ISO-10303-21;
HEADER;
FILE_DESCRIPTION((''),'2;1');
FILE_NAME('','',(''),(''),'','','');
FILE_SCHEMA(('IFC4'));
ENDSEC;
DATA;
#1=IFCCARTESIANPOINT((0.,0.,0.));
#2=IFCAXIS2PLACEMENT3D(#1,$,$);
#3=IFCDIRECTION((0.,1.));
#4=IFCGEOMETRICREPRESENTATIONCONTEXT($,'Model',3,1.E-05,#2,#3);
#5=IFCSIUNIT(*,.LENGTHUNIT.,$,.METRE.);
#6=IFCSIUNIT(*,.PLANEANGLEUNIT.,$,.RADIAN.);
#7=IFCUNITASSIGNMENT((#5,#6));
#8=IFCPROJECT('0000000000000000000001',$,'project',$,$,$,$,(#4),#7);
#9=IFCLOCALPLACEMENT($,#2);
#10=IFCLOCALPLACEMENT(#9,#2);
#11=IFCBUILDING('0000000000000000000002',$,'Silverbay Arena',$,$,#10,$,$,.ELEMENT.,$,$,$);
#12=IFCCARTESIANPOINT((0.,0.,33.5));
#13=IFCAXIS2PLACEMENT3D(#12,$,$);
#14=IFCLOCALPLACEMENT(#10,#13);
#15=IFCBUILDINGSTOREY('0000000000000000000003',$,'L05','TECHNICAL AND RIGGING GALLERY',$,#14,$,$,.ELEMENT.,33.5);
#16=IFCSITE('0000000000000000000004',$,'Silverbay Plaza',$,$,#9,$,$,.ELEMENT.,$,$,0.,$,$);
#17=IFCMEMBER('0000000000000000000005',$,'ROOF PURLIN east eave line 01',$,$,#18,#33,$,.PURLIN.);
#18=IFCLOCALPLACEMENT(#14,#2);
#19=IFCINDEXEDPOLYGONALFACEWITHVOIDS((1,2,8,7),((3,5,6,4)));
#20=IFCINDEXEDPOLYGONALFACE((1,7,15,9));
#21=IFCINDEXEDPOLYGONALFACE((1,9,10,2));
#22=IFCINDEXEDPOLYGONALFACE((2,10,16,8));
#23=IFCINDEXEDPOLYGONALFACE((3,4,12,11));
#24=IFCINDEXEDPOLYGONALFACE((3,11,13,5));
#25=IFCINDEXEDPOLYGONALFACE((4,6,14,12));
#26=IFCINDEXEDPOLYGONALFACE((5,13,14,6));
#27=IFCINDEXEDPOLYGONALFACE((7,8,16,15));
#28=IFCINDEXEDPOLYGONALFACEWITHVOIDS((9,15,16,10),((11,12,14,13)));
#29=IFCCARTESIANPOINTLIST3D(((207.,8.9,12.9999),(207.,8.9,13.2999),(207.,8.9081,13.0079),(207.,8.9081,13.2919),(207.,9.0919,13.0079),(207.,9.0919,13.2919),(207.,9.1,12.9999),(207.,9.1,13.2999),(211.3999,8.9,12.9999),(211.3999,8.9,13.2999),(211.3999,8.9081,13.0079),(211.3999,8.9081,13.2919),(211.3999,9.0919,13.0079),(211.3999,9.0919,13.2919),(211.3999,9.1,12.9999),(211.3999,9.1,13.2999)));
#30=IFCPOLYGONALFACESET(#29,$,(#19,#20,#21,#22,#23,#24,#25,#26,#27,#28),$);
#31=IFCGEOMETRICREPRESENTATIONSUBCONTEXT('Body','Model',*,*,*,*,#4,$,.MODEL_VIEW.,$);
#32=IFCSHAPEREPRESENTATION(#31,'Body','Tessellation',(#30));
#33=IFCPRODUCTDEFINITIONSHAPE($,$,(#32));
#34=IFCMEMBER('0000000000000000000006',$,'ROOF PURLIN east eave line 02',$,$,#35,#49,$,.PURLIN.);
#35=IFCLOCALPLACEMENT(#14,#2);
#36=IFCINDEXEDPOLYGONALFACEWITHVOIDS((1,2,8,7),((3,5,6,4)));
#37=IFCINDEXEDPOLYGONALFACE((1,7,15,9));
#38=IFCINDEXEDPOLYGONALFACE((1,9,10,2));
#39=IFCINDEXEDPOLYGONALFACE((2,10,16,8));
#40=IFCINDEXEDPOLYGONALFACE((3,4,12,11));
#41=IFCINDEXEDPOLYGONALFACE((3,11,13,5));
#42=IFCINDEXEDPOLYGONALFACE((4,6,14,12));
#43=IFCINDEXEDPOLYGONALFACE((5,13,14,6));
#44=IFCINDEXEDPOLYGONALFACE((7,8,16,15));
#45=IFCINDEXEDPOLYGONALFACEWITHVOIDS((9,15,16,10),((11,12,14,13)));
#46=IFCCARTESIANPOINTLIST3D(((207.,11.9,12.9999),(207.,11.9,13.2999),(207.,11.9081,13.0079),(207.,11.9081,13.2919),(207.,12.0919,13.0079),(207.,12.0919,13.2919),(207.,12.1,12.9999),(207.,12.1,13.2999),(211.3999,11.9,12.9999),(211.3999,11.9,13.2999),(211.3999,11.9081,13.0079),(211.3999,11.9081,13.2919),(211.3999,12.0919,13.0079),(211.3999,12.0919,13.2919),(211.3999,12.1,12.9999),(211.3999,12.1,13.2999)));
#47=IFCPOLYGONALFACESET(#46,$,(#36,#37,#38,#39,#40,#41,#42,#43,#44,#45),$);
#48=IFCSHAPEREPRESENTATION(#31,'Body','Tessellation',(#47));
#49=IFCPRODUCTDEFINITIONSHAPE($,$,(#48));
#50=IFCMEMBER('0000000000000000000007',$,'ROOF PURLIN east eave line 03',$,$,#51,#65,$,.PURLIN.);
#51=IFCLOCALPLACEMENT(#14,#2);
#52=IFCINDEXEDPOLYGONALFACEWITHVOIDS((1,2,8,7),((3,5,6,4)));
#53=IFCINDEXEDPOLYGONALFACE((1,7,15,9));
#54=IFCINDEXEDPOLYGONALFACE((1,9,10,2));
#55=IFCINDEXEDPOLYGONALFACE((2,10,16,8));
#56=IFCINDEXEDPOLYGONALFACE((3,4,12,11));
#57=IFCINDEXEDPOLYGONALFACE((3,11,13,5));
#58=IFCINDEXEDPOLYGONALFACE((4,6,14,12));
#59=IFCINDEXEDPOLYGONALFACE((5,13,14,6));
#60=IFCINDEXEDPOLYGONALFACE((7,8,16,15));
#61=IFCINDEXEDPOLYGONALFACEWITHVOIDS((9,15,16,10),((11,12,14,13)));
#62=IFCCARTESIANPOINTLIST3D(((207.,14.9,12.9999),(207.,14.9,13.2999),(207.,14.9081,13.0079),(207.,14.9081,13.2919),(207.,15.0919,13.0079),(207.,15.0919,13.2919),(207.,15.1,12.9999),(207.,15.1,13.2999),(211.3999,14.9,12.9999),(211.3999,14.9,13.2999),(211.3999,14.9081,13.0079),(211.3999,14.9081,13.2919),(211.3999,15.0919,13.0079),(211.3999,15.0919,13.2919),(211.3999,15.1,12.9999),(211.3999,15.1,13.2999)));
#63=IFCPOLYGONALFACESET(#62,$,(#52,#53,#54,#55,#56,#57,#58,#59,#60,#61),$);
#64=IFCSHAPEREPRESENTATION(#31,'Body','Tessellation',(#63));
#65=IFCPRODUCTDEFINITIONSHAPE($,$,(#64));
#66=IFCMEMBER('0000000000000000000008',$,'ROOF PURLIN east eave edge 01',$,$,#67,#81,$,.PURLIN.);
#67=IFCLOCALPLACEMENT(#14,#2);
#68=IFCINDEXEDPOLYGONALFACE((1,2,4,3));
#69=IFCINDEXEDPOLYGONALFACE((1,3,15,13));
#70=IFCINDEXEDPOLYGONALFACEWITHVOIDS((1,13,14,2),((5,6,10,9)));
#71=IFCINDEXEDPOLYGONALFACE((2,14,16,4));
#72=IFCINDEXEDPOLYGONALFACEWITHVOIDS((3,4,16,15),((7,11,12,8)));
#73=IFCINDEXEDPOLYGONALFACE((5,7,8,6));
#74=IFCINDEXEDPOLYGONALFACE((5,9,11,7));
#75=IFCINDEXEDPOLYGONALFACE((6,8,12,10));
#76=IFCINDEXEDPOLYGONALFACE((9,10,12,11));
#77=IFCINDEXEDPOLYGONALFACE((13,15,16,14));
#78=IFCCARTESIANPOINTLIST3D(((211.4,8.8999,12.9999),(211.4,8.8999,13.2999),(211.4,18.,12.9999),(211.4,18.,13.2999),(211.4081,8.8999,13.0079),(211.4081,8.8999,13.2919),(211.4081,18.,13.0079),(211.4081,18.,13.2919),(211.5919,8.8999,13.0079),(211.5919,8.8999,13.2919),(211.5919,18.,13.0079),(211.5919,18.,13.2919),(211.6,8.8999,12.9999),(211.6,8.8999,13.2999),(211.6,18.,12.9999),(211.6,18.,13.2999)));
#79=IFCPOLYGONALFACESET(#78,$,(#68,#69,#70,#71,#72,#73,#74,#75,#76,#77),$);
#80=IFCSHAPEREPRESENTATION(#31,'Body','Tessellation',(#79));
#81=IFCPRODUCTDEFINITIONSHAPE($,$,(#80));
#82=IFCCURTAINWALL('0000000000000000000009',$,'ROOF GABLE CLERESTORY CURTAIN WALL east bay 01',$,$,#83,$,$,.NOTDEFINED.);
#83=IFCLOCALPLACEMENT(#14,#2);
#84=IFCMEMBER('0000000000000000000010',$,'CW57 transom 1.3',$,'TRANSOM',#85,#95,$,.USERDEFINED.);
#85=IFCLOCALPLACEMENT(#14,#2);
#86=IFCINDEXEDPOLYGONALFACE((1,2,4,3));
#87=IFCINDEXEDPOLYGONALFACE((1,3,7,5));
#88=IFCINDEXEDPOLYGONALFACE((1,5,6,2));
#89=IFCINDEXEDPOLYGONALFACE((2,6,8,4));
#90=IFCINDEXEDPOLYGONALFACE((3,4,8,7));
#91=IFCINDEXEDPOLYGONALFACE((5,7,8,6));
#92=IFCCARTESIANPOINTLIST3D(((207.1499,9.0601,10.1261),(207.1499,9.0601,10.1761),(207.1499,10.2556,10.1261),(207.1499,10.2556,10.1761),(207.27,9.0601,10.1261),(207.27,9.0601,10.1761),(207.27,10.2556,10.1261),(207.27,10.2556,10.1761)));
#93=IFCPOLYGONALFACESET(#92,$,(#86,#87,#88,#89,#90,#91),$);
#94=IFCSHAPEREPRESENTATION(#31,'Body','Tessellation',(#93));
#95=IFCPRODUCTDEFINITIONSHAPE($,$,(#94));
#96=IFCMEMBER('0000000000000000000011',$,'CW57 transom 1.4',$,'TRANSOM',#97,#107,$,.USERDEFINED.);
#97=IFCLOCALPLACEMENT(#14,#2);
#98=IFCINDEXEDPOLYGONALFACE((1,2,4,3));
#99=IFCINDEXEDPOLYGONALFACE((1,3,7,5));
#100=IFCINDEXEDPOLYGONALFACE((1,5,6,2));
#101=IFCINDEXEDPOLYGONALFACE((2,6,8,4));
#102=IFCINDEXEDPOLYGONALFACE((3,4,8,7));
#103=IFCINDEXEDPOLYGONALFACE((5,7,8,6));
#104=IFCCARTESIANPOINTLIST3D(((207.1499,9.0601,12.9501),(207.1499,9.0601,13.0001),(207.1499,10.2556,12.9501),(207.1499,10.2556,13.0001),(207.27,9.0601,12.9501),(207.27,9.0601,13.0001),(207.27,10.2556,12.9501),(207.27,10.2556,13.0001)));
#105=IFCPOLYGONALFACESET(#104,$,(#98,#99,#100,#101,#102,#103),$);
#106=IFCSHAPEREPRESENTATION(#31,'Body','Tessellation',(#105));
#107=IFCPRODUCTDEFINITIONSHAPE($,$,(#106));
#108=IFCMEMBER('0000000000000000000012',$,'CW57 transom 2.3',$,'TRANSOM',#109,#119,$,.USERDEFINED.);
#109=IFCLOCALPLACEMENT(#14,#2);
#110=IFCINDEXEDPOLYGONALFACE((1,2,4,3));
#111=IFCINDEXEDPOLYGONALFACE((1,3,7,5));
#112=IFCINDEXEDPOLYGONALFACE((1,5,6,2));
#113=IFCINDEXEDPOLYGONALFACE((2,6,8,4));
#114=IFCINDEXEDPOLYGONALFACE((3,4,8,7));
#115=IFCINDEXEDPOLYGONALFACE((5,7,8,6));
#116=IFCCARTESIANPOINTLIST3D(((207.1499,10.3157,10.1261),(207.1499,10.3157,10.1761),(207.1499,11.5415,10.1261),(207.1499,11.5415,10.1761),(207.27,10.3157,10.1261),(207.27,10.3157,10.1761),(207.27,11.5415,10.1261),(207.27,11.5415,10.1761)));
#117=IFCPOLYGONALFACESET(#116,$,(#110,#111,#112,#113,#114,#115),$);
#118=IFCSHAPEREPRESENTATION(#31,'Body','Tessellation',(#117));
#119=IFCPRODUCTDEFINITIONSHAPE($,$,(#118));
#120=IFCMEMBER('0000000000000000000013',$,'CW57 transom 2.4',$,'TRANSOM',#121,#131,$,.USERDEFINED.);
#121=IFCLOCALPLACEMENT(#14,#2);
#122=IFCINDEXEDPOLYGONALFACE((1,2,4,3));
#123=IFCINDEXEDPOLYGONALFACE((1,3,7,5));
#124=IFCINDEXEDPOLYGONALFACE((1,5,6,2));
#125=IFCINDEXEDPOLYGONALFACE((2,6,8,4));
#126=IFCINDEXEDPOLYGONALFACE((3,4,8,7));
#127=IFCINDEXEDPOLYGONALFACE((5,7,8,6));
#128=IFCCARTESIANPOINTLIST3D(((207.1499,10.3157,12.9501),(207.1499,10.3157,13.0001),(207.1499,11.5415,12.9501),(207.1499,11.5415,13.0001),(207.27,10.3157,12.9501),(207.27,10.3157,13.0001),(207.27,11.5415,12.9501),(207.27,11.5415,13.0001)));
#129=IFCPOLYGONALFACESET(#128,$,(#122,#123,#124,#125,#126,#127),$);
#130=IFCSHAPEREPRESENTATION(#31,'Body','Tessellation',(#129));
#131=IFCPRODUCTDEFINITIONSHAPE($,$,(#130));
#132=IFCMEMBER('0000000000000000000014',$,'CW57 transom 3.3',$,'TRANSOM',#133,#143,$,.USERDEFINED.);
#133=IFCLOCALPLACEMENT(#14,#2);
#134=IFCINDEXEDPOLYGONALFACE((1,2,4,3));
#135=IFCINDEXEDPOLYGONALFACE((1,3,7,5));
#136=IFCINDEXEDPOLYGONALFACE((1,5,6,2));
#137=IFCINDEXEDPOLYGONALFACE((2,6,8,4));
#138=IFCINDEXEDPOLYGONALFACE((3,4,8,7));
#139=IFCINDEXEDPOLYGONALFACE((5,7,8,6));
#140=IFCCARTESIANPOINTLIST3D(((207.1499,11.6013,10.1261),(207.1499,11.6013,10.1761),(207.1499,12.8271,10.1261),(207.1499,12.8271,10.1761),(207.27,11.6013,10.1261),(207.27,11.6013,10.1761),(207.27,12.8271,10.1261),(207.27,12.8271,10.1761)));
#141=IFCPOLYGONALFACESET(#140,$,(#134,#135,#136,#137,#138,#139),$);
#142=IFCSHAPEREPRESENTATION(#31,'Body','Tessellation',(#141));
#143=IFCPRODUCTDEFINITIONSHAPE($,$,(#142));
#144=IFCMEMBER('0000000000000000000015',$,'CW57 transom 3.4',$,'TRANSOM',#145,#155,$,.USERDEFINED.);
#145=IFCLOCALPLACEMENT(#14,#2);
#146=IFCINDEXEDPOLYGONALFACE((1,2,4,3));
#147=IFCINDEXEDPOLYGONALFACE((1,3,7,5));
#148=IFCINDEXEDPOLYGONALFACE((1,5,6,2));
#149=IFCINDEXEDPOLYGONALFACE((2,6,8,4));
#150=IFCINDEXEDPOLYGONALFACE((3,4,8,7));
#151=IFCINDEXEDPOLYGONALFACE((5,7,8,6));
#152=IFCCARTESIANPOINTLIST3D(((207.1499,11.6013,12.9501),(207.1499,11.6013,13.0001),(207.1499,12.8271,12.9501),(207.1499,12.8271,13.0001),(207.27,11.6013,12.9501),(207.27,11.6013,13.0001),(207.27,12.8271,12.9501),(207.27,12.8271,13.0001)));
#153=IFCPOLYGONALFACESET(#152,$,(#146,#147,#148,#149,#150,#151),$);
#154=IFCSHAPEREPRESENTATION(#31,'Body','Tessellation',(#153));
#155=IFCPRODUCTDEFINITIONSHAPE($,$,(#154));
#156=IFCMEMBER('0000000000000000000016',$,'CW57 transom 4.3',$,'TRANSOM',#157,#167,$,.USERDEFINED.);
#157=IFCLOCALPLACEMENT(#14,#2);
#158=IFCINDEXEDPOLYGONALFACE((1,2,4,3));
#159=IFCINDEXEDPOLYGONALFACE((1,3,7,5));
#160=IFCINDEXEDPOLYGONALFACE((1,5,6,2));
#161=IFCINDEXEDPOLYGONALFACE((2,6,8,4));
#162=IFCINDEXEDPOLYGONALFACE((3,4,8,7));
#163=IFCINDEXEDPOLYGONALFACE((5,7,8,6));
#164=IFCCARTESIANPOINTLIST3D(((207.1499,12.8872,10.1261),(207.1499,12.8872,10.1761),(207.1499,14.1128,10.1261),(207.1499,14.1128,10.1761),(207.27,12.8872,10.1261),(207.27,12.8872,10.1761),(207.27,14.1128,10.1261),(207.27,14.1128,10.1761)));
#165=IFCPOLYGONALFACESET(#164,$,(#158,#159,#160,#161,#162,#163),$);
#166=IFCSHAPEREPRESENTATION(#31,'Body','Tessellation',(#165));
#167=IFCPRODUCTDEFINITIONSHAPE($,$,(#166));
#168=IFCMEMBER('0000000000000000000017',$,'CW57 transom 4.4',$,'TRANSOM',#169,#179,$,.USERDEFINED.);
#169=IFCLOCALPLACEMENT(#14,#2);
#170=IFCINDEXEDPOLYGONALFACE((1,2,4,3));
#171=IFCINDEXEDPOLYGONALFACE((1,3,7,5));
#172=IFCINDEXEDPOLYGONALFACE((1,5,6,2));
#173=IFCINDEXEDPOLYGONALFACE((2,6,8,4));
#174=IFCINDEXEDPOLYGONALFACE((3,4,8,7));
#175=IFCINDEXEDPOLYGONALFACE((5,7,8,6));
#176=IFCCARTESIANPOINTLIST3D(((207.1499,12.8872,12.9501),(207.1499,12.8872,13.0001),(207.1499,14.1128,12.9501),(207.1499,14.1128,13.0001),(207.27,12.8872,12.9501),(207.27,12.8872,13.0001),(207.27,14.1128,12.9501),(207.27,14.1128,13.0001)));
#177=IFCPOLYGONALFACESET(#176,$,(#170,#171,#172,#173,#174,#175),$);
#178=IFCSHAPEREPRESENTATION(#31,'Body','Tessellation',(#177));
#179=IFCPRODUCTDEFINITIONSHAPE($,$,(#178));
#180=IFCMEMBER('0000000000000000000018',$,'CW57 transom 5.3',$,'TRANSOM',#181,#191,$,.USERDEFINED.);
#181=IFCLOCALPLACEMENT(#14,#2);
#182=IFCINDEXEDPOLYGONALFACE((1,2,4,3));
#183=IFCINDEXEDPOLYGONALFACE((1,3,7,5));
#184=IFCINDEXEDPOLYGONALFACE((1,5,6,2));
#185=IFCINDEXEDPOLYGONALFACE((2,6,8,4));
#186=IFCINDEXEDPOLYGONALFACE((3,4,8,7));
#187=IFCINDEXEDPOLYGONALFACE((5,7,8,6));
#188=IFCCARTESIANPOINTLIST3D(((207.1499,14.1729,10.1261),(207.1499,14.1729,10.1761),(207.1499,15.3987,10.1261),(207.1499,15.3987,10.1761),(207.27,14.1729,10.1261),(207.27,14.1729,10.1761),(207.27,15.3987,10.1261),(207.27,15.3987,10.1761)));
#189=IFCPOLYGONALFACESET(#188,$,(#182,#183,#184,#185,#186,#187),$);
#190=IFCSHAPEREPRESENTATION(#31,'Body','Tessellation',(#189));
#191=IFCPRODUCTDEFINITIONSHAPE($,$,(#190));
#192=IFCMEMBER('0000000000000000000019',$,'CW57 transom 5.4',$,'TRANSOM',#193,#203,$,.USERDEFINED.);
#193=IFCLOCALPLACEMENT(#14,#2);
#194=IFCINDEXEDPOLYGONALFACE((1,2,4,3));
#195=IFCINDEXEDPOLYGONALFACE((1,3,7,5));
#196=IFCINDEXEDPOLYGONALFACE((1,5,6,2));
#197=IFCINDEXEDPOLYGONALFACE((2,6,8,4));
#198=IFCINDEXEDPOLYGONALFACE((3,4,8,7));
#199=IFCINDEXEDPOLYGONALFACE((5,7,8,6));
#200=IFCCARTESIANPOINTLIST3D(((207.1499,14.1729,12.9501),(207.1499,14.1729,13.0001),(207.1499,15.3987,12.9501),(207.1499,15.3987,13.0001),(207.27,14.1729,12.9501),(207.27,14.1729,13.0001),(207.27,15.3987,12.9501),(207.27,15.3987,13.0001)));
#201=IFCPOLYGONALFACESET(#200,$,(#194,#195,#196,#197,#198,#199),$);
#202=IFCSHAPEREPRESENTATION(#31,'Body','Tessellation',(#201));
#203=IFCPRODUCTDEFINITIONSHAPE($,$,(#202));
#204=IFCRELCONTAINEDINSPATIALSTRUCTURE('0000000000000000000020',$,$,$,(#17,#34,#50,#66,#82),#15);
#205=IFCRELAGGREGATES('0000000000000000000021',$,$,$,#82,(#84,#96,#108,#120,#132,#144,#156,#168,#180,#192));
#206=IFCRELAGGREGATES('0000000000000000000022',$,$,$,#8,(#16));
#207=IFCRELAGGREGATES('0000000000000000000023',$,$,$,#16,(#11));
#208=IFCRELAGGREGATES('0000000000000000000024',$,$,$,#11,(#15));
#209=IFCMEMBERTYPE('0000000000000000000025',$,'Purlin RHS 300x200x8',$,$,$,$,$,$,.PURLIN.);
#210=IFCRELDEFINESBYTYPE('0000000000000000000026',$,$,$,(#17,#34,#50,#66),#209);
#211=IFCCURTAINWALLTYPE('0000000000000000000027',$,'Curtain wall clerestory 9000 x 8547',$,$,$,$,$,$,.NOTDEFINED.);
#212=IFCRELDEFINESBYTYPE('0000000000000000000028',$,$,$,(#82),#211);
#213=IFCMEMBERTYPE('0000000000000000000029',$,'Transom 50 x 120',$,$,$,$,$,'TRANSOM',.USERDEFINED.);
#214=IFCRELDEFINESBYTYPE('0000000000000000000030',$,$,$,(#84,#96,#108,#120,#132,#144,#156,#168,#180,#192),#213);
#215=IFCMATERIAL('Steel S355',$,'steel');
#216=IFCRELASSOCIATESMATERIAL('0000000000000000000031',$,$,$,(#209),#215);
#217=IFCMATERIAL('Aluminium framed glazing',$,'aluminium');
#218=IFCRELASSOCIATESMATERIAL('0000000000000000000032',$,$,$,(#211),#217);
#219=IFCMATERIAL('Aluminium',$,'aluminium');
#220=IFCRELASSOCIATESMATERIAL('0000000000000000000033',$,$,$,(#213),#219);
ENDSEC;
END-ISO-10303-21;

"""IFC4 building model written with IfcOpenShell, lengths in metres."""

from ifc_helpers import new_model, si_unit, direction, frame, origin, origin_2d, place, context, subcontext, project, spatial, rectangle, hollow_rectangle, extrude, material, material_profile, profile_set, type_object, element, aggregate, save


model = new_model("IFC4")

# Units and contexts
model_context = context("Model", 3, precision=1e-05, world=origin(), true_north=direction((0.0, 1.0)))
body_context = subcontext(model_context, "Body", "Model", "MODEL_VIEW")
ifc_project = project(units=[si_unit("LENGTHUNIT", "METRE"), si_unit("PLANEANGLEUNIT", "RADIAN")], contexts=[model_context])

# Site, building, storey
site_placement = place(None, origin())
site = spatial("IfcSite", under=ifc_project, at=site_placement, Name="Silverbay Plaza", CompositionType="ELEMENT", RefElevation=0.0)
building_placement = place(site_placement, origin())
building = spatial("IfcBuilding", under=site, at=building_placement, Name="Silverbay Arena", CompositionType="ELEMENT")
storey_placement = place(building_placement, frame((0.0, 0.0, 33.5)))
storey = spatial("IfcBuildingStorey", under=building, at=storey_placement, Name="L05", Description="TECHNICAL AND RIGGING GALLERY", CompositionType="ELEMENT", Elevation=33.5)

# Members
ifc_material_1 = material(Name="Steel S355", Category="steel")
ifc_material_profile_1 = material_profile(ifc_material_1, hollow_rectangle(XDim=0.2, YDim=0.3, WallThickness=0.0081, at=origin_2d()), Name="RHS 300x200x8")
ifc_profile_set_1 = profile_set([ifc_material_profile_1], Name="Steel S355")
member_type_1 = type_object("IfcMemberType", Name="Purlin RHS 300x200x8", PredefinedType="PURLIN", material=ifc_profile_set_1)
for number, where, z_axis, x_axis, name in (
    (1, (211.3999, 9.0, 13.1499), (-1.0, 0.0, 0.0), (0.0, -1.0, 0.0), "ROOF PURLIN east eave line 01"),
    (2, (211.3999, 12.0, 13.1499), (-1.0, 0.0, 0.0), (0.0, -1.0, 0.0), "ROOF PURLIN east eave line 02"),
    (3, (211.3999, 15.0, 13.1499), (-1.0, 0.0, 0.0), (0.0, -1.0, 0.0), "ROOF PURLIN east eave line 03"),
):
    element("IfcMember", number, at=place(storey_placement, frame(where, z_axis=z_axis, x_axis=x_axis)), inside=storey, type_object=member_type_1, Name=name, PredefinedType="PURLIN", context=body_context, shape_type="SweptSolid", body=[
        extrude(hollow_rectangle(XDim=0.2, YDim=0.3, WallThickness=0.0081, at=origin_2d()), origin(), (0.0, 0.0, 1.0), 4.3999),
    ])
member_1_placement = place(storey_placement, frame((211.5, 8.8999, 13.1499), z_axis=(0.0, 1.0, 0.0), x_axis=(-1.0, 0.0, 0.0)))
element("IfcMember", 4, at=member_1_placement, inside=storey, type_object=member_type_1, Name="ROOF PURLIN east eave edge 01", PredefinedType="PURLIN", context=body_context, shape_type="SweptSolid", body=[
    extrude(hollow_rectangle(XDim=0.2, YDim=0.3, WallThickness=0.0081, at=origin_2d()), origin(), (0.0, 0.0, 1.0), 9.1001),
])

# Curtain wall, members
ifc_material_2 = material(Name="Aluminium framed glazing", Category="aluminium")
curtain_wall_type = type_object("IfcCurtainWallType", Name="Curtain wall clerestory 9000 x 8547", PredefinedType="NOTDEFINED", material=ifc_material_2)
curtain_wall_placement = place(storey_placement, origin())
curtain_wall = element("IfcCurtainWall", 5, at=curtain_wall_placement, inside=storey, type_object=curtain_wall_type, Name="ROOF GABLE CLERESTORY CURTAIN WALL east bay 01", PredefinedType="NOTDEFINED")
ifc_material_3 = material(Name="Aluminium", Category="aluminium")
ifc_material_profile_2 = material_profile(ifc_material_3, rectangle(XDim=0.1201, YDim=0.05, at=origin_2d()), Name="Transom 50 x 120")
ifc_profile_set_2 = profile_set([ifc_material_profile_2], Name="Aluminium")
member_type_2 = type_object("IfcMemberType", Name="Transom 50 x 120", ElementType="TRANSOM", PredefinedType="USERDEFINED", material=ifc_profile_set_2)
member_2_placement = place(storey_placement, frame((207.21, 9.0601, 10.1511), z_axis=(0.0, 1.0, 0.0), x_axis=(-1.0, 0.0, 0.0)))
member_2 = element("IfcMember", 6, at=member_2_placement, type_object=member_type_2, Name="CW57 transom 1.3", ObjectType="TRANSOM", PredefinedType="USERDEFINED", context=body_context, shape_type="SweptSolid", body=[
    extrude(rectangle(XDim=0.1201, YDim=0.05, at=origin_2d()), origin(), (0.0, 0.0, 1.0), 1.1956),
])
member_3_placement = place(storey_placement, frame((207.21, 9.0601, 12.9751), z_axis=(0.0, 1.0, 0.0), x_axis=(-1.0, 0.0, 0.0)))
member_3 = element("IfcMember", 7, at=member_3_placement, type_object=member_type_2, Name="CW57 transom 1.4", ObjectType="TRANSOM", PredefinedType="USERDEFINED", context=body_context, shape_type="SweptSolid", body=[
    extrude(rectangle(XDim=0.1201, YDim=0.05, at=origin_2d()), origin(), (0.0, 0.0, 1.0), 1.1956),
])
member_4_placement = place(storey_placement, frame((207.21, 10.3157, 10.1511), z_axis=(0.0, 1.0, 0.0), x_axis=(-1.0, 0.0, 0.0)))
member_4 = element("IfcMember", 8, at=member_4_placement, type_object=member_type_2, Name="CW57 transom 2.3", ObjectType="TRANSOM", PredefinedType="USERDEFINED", context=body_context, shape_type="SweptSolid", body=[
    extrude(rectangle(XDim=0.1201, YDim=0.05, at=origin_2d()), origin(), (0.0, 0.0, 1.0), 1.2258),
])
member_5_placement = place(storey_placement, frame((207.21, 10.3157, 12.9751), z_axis=(0.0, 1.0, 0.0), x_axis=(-1.0, 0.0, 0.0)))
member_5 = element("IfcMember", 9, at=member_5_placement, type_object=member_type_2, Name="CW57 transom 2.4", ObjectType="TRANSOM", PredefinedType="USERDEFINED", context=body_context, shape_type="SweptSolid", body=[
    extrude(rectangle(XDim=0.1201, YDim=0.05, at=origin_2d()), origin(), (0.0, 0.0, 1.0), 1.2258),
])
member_6_placement = place(storey_placement, frame((207.21, 11.6013, 10.1511), z_axis=(0.0, 1.0, 0.0), x_axis=(-1.0, 0.0, 0.0)))
member_6 = element("IfcMember", 10, at=member_6_placement, type_object=member_type_2, Name="CW57 transom 3.3", ObjectType="TRANSOM", PredefinedType="USERDEFINED", context=body_context, shape_type="SweptSolid", body=[
    extrude(rectangle(XDim=0.1201, YDim=0.05, at=origin_2d()), origin(), (0.0, 0.0, 1.0), 1.2258),
])
member_7_placement = place(storey_placement, frame((207.21, 11.6013, 12.9751), z_axis=(0.0, 1.0, 0.0), x_axis=(-1.0, 0.0, 0.0)))
member_7 = element("IfcMember", 11, at=member_7_placement, type_object=member_type_2, Name="CW57 transom 3.4", ObjectType="TRANSOM", PredefinedType="USERDEFINED", context=body_context, shape_type="SweptSolid", body=[
    extrude(rectangle(XDim=0.1201, YDim=0.05, at=origin_2d()), origin(), (0.0, 0.0, 1.0), 1.2258),
])
member_8_placement = place(storey_placement, frame((207.21, 12.8872, 10.1511), z_axis=(0.0, 1.0, 0.0), x_axis=(-1.0, 0.0, 0.0)))
member_8 = element("IfcMember", 12, at=member_8_placement, type_object=member_type_2, Name="CW57 transom 4.3", ObjectType="TRANSOM", PredefinedType="USERDEFINED", context=body_context, shape_type="SweptSolid", body=[
    extrude(rectangle(XDim=0.1201, YDim=0.05, at=origin_2d()), origin(), (0.0, 0.0, 1.0), 1.2256),
])
member_9_placement = place(storey_placement, frame((207.21, 12.8872, 12.9751), z_axis=(0.0, 1.0, 0.0), x_axis=(-1.0, 0.0, 0.0)))
member_9 = element("IfcMember", 13, at=member_9_placement, type_object=member_type_2, Name="CW57 transom 4.4", ObjectType="TRANSOM", PredefinedType="USERDEFINED", context=body_context, shape_type="SweptSolid", body=[
    extrude(rectangle(XDim=0.1201, YDim=0.05, at=origin_2d()), origin(), (0.0, 0.0, 1.0), 1.2256),
])
member_10_placement = place(storey_placement, frame((207.21, 14.1729, 10.1511), z_axis=(0.0, 1.0, 0.0), x_axis=(-1.0, 0.0, 0.0)))
member_10 = element("IfcMember", 14, at=member_10_placement, type_object=member_type_2, Name="CW57 transom 5.3", ObjectType="TRANSOM", PredefinedType="USERDEFINED", context=body_context, shape_type="SweptSolid", body=[
    extrude(rectangle(XDim=0.1201, YDim=0.05, at=origin_2d()), origin(), (0.0, 0.0, 1.0), 1.2258),
])
member_11_placement = place(storey_placement, frame((207.21, 14.1729, 12.9751), z_axis=(0.0, 1.0, 0.0), x_axis=(-1.0, 0.0, 0.0)))
member_11 = element("IfcMember", 15, at=member_11_placement, type_object=member_type_2, Name="CW57 transom 5.4", ObjectType="TRANSOM", PredefinedType="USERDEFINED", context=body_context, shape_type="SweptSolid", body=[
    extrude(rectangle(XDim=0.1201, YDim=0.05, at=origin_2d()), origin(), (0.0, 0.0, 1.0), 1.2258),
])
aggregate(curtain_wall, [member_2, member_3, member_4, member_5, member_6, member_7, member_8, member_9, member_10, member_11])

save(model, "model.ifc")
